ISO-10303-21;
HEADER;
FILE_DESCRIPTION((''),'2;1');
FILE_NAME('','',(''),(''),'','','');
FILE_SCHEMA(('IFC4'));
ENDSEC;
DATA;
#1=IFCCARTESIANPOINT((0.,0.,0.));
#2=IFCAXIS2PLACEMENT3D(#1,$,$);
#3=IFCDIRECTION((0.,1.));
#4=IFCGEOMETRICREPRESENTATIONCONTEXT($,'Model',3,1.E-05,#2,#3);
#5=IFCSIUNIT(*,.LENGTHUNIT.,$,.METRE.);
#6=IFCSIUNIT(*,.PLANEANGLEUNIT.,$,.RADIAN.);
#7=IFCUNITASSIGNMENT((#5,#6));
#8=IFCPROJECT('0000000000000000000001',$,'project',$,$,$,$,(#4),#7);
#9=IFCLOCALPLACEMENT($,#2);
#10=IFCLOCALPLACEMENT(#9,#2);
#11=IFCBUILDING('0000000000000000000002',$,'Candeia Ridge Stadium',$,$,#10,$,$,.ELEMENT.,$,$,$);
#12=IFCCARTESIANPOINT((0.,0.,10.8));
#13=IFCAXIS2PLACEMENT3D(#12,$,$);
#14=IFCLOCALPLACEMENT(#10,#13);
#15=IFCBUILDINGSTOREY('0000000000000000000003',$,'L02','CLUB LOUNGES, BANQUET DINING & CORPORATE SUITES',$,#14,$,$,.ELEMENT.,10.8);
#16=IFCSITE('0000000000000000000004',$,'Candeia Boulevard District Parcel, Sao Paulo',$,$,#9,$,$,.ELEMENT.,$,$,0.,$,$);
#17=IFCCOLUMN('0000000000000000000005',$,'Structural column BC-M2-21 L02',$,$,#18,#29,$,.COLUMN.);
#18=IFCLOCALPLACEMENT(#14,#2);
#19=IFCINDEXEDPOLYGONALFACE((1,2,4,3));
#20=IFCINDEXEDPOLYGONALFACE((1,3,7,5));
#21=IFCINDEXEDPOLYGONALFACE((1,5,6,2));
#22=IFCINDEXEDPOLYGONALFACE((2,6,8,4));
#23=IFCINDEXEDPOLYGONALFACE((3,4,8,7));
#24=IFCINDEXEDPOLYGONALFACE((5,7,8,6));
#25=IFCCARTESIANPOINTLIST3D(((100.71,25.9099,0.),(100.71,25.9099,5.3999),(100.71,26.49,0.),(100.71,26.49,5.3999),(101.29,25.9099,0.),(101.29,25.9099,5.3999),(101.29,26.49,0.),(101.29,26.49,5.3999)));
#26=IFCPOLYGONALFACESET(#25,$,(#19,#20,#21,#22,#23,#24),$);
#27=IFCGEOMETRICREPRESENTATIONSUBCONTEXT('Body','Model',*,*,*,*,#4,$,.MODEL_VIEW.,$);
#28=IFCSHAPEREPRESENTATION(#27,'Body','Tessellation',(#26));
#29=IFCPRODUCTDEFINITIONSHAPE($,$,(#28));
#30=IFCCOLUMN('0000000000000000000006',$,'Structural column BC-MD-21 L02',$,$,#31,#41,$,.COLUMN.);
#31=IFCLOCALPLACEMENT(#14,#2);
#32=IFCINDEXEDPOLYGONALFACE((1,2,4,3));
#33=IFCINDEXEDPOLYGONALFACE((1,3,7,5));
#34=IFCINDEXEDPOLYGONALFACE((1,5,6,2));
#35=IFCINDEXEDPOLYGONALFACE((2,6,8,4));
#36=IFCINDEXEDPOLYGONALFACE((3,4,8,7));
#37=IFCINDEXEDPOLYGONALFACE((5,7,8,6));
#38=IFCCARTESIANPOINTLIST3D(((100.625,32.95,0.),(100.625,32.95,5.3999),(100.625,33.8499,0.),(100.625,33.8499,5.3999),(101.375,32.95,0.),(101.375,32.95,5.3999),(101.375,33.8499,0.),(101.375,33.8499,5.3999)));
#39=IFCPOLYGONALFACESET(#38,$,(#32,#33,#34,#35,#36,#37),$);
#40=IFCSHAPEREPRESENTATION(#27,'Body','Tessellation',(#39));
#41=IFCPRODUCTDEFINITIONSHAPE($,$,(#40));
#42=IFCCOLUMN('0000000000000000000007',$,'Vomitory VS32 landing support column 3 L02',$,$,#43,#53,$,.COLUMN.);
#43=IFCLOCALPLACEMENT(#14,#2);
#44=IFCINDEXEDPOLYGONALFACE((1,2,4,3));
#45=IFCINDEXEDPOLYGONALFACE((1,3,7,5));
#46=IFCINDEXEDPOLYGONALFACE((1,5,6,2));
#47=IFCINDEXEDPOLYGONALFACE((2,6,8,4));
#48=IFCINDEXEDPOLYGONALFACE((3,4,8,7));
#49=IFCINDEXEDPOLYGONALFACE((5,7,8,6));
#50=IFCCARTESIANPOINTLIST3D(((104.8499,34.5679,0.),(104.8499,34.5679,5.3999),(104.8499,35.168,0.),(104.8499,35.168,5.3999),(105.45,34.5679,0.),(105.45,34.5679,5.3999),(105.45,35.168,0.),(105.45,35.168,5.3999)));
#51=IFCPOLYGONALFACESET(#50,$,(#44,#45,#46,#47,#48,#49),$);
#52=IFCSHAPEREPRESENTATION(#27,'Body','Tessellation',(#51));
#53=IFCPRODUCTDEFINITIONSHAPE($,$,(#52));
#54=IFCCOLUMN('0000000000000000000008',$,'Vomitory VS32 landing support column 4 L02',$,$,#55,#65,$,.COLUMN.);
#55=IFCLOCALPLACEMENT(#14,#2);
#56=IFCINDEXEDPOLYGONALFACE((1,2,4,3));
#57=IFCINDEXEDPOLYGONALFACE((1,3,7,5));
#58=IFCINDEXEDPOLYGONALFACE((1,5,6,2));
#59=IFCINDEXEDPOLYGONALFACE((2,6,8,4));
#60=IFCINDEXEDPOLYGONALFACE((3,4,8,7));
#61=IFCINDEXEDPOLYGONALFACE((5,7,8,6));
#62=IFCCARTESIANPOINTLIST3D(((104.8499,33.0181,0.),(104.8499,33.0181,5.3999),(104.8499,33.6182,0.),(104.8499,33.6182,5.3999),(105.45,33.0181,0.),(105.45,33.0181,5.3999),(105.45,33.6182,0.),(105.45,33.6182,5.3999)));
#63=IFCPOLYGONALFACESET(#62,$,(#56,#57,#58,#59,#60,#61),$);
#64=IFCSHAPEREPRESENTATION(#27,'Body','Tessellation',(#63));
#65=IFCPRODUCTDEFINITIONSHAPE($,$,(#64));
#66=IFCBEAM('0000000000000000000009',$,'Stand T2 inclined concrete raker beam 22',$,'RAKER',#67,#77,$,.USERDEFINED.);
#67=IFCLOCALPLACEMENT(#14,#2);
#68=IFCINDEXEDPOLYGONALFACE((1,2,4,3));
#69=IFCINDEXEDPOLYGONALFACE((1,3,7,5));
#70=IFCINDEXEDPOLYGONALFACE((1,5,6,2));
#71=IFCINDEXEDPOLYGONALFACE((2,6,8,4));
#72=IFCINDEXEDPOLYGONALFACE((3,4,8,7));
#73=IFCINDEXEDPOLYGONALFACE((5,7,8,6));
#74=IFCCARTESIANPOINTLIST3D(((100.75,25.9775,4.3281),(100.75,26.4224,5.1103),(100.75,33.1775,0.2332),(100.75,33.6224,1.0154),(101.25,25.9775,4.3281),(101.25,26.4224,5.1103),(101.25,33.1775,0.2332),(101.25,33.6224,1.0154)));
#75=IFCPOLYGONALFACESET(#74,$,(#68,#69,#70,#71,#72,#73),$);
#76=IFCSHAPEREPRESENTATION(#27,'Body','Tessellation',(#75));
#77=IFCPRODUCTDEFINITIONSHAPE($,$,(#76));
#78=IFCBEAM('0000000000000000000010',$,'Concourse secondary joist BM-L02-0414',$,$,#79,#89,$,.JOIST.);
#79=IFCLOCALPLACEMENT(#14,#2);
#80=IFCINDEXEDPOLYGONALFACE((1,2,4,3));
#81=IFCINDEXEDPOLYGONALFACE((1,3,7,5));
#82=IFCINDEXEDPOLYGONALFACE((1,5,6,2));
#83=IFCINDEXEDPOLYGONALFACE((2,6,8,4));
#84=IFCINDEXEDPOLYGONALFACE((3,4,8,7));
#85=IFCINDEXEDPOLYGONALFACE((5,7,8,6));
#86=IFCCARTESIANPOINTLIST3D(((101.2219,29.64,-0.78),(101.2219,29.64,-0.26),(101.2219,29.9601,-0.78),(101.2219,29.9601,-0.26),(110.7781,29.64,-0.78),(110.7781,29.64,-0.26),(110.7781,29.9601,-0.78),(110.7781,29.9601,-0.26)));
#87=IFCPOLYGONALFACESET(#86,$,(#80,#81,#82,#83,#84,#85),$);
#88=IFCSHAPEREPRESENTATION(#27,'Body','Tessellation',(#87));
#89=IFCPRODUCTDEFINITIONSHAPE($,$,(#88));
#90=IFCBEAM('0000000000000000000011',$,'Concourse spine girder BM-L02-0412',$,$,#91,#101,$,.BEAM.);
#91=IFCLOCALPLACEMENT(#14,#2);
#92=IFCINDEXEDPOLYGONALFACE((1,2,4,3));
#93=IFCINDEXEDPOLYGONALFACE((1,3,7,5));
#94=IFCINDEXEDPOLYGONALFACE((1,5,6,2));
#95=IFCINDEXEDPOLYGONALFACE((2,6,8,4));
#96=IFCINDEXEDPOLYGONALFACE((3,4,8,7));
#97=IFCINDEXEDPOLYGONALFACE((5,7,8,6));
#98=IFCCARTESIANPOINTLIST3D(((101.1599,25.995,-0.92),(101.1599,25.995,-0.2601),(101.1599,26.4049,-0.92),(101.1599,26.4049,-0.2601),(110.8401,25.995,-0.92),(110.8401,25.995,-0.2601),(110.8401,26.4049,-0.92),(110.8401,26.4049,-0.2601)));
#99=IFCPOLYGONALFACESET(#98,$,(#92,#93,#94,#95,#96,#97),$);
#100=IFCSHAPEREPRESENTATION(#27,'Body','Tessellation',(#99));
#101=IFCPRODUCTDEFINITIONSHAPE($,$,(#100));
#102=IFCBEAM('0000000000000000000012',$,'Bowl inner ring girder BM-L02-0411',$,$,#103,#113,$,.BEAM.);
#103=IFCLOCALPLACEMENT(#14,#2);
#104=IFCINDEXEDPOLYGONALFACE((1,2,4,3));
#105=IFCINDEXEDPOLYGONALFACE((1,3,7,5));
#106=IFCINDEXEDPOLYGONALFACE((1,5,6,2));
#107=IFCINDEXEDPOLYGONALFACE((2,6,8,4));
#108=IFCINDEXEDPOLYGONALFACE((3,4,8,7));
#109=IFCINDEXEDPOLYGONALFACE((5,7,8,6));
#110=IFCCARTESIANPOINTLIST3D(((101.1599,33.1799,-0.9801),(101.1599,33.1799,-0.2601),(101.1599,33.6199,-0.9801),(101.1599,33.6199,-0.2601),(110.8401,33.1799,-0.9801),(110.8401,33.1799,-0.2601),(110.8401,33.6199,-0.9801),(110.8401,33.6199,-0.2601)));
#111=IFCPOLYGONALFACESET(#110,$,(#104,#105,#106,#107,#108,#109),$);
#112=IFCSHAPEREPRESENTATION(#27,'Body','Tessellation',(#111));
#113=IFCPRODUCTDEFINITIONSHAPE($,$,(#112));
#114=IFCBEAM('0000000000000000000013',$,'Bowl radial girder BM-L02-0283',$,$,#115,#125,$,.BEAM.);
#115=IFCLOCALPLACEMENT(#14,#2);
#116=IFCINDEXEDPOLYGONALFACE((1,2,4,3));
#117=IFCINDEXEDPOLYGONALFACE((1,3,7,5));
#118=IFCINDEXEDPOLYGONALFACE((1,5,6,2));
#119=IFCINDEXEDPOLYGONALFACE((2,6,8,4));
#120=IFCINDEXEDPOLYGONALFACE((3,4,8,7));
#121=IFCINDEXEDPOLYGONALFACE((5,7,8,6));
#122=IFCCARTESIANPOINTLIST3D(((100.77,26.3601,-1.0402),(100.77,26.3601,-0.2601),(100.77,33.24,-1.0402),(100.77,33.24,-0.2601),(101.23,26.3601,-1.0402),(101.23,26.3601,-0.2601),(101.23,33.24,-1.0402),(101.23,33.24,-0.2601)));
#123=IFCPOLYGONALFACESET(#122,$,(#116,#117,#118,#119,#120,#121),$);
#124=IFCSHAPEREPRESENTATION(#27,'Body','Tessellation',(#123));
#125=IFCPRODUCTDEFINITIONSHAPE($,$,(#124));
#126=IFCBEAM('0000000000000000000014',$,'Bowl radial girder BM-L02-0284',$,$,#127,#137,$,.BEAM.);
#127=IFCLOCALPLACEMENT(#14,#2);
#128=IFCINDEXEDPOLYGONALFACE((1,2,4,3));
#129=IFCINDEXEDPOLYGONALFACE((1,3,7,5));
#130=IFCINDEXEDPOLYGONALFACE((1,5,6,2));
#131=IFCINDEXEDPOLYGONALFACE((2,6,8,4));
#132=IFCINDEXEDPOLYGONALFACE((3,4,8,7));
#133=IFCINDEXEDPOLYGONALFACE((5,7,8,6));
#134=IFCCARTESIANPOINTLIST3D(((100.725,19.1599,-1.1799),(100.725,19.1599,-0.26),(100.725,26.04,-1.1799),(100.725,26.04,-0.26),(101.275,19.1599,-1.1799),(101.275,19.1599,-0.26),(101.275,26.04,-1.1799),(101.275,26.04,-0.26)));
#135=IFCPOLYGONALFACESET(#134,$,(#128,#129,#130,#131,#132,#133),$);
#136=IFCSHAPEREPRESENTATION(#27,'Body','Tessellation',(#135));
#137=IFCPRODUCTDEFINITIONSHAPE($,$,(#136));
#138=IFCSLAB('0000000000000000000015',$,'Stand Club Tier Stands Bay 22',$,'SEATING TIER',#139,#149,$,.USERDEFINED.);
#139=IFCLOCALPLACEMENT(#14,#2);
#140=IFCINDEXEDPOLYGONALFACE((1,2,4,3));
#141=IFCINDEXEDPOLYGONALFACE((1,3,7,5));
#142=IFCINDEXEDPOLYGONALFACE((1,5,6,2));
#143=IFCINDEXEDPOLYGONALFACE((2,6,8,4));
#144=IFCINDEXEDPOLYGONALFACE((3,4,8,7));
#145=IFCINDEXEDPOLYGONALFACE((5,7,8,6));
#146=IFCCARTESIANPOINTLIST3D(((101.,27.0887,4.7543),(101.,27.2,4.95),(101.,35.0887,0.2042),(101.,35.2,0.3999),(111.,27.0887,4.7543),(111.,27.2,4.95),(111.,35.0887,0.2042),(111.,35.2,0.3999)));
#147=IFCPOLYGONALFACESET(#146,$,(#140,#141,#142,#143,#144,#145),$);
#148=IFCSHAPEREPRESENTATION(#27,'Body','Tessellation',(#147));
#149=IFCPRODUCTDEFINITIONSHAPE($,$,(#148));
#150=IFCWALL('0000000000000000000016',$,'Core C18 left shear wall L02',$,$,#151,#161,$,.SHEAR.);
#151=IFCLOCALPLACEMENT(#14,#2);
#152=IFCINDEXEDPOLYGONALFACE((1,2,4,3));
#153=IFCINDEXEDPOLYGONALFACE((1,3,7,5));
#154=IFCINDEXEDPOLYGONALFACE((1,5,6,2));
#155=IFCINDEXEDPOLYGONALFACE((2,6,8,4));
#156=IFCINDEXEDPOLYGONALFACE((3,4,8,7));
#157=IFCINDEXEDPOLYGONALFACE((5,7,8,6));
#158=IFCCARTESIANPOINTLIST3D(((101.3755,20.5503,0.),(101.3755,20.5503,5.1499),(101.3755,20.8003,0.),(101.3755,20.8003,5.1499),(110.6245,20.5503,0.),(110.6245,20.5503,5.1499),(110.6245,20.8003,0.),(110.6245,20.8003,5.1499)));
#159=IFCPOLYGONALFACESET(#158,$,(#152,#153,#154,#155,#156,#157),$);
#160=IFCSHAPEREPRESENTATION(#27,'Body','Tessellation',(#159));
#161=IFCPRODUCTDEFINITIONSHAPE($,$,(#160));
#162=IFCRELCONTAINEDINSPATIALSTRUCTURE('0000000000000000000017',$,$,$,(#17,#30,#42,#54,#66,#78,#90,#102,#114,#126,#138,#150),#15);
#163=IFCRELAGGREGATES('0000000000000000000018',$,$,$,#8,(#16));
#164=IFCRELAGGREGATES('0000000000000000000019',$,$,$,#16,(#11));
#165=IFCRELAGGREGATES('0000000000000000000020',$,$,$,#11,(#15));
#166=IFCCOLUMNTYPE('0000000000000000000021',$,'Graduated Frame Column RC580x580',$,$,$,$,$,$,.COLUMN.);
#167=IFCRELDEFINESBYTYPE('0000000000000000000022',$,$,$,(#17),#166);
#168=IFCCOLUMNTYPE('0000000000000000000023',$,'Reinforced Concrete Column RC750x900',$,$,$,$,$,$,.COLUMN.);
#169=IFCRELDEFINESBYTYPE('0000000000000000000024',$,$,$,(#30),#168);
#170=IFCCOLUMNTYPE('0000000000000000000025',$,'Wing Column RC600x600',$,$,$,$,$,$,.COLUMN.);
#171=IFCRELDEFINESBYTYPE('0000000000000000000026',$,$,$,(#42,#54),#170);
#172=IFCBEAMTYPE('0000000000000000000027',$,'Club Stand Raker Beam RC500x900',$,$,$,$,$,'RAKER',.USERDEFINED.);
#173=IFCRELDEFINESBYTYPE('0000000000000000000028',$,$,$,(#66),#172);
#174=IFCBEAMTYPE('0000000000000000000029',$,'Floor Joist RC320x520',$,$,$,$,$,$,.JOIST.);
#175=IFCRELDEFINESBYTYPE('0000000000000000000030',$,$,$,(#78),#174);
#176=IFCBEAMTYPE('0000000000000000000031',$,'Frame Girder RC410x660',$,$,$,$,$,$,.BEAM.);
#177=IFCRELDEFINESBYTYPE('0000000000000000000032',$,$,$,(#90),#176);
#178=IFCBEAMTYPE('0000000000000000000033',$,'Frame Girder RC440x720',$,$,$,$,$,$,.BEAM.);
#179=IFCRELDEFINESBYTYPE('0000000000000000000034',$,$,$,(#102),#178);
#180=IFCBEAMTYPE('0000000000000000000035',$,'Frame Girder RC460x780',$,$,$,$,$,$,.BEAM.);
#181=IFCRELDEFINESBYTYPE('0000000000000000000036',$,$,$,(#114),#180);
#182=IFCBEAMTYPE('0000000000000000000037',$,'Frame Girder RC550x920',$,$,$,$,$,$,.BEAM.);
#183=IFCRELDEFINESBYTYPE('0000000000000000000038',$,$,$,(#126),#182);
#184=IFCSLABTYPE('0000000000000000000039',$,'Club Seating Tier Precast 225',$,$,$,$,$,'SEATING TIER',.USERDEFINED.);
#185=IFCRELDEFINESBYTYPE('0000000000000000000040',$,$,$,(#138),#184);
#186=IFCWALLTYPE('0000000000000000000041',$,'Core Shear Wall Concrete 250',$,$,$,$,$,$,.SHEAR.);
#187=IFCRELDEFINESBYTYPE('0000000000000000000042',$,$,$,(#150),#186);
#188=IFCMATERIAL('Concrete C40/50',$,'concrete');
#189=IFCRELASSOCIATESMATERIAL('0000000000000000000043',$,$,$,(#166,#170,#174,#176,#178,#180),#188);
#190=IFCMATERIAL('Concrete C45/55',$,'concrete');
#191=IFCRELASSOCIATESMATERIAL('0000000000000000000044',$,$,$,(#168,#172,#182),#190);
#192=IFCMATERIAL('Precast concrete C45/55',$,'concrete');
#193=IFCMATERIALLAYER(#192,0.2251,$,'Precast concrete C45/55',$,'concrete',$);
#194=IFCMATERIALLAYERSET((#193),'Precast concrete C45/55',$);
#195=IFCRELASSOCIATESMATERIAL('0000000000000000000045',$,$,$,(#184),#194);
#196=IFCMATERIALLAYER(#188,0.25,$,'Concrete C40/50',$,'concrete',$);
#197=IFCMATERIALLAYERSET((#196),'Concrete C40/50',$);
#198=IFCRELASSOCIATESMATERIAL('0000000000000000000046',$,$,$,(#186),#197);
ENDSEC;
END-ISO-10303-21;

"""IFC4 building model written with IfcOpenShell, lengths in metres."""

from ifc_helpers import new_model, si_unit, direction, frame, frame_2d, origin, origin_2d, place, context, subcontext, project, spatial, polyline, rectangle, outline, extrude, material, layer, layer_set, material_profile, profile_set, type_object, element, save


model = new_model("IFC4")

# Units and contexts
model_context = context("Model", 3, precision=1e-05, world=origin(), true_north=direction((0.0, 1.0)))
body_context = subcontext(model_context, "Body", "Model", "MODEL_VIEW")
ifc_project = project(units=[si_unit("LENGTHUNIT", "METRE"), si_unit("PLANEANGLEUNIT", "RADIAN")], contexts=[model_context])

# Site, building, storey
site_placement = place(None, origin())
site = spatial("IfcSite", under=ifc_project, at=site_placement, Name="Candeia Boulevard District Parcel, Sao Paulo", CompositionType="ELEMENT", RefElevation=0.0)
building_placement = place(site_placement, origin())
building = spatial("IfcBuilding", under=site, at=building_placement, Name="Candeia Ridge Stadium", CompositionType="ELEMENT")
storey_placement = place(building_placement, frame((0.0, 0.0, 10.8)))
storey = spatial("IfcBuildingStorey", under=building, at=storey_placement, Name="L02", Description="CLUB LOUNGES, BANQUET DINING & CORPORATE SUITES", CompositionType="ELEMENT", Elevation=10.8)

# Columns
ifc_material_1 = material(Name="Concrete C40/50", Category="concrete")
ifc_material_profile_1 = material_profile(ifc_material_1, rectangle(XDim=0.5801, YDim=0.5801, at=origin_2d()), Name="RC580x580", Category="concrete")
ifc_profile_set_1 = profile_set([ifc_material_profile_1], Name="Concrete C40/50")
column_type_1 = type_object("IfcColumnType", Name="Graduated Frame Column RC580x580", PredefinedType="COLUMN", material=ifc_profile_set_1)
column_1_placement = place(storey_placement, frame((101.0, 26.2, 0.0), z_axis=(0.0, 0.0, 1.0), x_axis=(1.0, 0.0, 0.0)))
element("IfcColumn", 1, at=column_1_placement, inside=storey, type_object=column_type_1, Name="Structural column BC-M2-21 L02", PredefinedType="COLUMN", context=body_context, shape_type="SweptSolid", body=[
    extrude(rectangle(XDim=0.5801, YDim=0.5801, at=origin_2d()), origin(), (0.0, 0.0, 1.0), 5.3999),
])
ifc_material_2 = material(Name="Concrete C45/55", Category="concrete")
ifc_material_profile_2 = material_profile(ifc_material_2, rectangle(XDim=0.75, YDim=0.8999, at=origin_2d()), Name="RC750x900", Category="concrete")
ifc_profile_set_2 = profile_set([ifc_material_profile_2], Name="Concrete C45/55")
column_type_2 = type_object("IfcColumnType", Name="Reinforced Concrete Column RC750x900", PredefinedType="COLUMN", material=ifc_profile_set_2)
column_2_placement = place(storey_placement, frame((101.0, 33.3999, 0.0), z_axis=(0.0, 0.0, 1.0), x_axis=(1.0, 0.0, 0.0)))
element("IfcColumn", 2, at=column_2_placement, inside=storey, type_object=column_type_2, Name="Structural column BC-MD-21 L02", PredefinedType="COLUMN", context=body_context, shape_type="SweptSolid", body=[
    extrude(rectangle(XDim=0.75, YDim=0.8999, at=origin_2d()), origin(), (0.0, 0.0, 1.0), 5.3999),
])
ifc_material_profile_3 = material_profile(ifc_material_1, rectangle(XDim=0.6001, YDim=0.6001, at=origin_2d()), Name="RC600x600", Category="concrete")
ifc_profile_set_3 = profile_set([ifc_material_profile_3], Name="Concrete C40/50")
column_type_3 = type_object("IfcColumnType", Name="Wing Column RC600x600", PredefinedType="COLUMN", material=ifc_profile_set_3)
for number, where, z_axis, x_axis, name in (
    (3, (105.1499, 34.8679, 0.0), (0.0, 0.0, 1.0), (1.0, 0.0, 0.0), "Vomitory VS32 landing support column 3 L02"),
    (4, (105.1499, 33.3181, 0.0), (0.0, 0.0, 1.0), (1.0, 0.0, 0.0), "Vomitory VS32 landing support column 4 L02"),
):
    element("IfcColumn", number, at=place(storey_placement, frame(where, z_axis=z_axis, x_axis=x_axis)), inside=storey, type_object=column_type_3, Name=name, PredefinedType="COLUMN", context=body_context, shape_type="SweptSolid", body=[
        extrude(rectangle(XDim=0.6001, YDim=0.6001, at=origin_2d()), origin(), (0.0, 0.0, 1.0), 5.3999),
    ])

# Beams
ifc_material_profile_4 = material_profile(ifc_material_2, rectangle(XDim=0.5, YDim=0.8999, at=origin_2d()), Name="RC500x900", Category="concrete")
ifc_profile_set_4 = profile_set([ifc_material_profile_4], Name="Concrete C45/55")
beam_type_1 = type_object("IfcBeamType", Name="Club Stand Raker Beam RC500x900", ElementType="RAKER", PredefinedType="USERDEFINED", material=ifc_profile_set_4)
beam_1_placement = place(storey_placement, frame((101.0, 33.3999, 0.6243), z_axis=(0.0, -0.869244, 0.494383), x_axis=(1.0, 0.0, 0.0)))
element("IfcBeam", 5, at=beam_1_placement, inside=storey, type_object=beam_type_1, Name="Stand T2 inclined concrete raker beam 22", ObjectType="RAKER", PredefinedType="USERDEFINED", context=body_context, shape_type="SweptSolid", body=[
    extrude(rectangle(XDim=0.5, YDim=0.8999, at=origin_2d()), origin(), (0.0, 0.0, 1.0), 8.283),
])
ifc_material_profile_5 = material_profile(ifc_material_1, rectangle(XDim=0.3201, YDim=0.52, at=origin_2d()), Name="RC320x520", Category="concrete")
ifc_profile_set_5 = profile_set([ifc_material_profile_5], Name="Concrete C40/50")
beam_type_2 = type_object("IfcBeamType", Name="Floor Joist RC320x520", PredefinedType="JOIST", material=ifc_profile_set_5)
beam_2_placement = place(storey_placement, frame((101.2219, 29.8, -0.52), z_axis=(1.0, 0.0, 0.0), x_axis=(0.0, 1.0, 0.0)))
element("IfcBeam", 6, at=beam_2_placement, inside=storey, type_object=beam_type_2, Name="Concourse secondary joist BM-L02-0414", PredefinedType="JOIST", context=body_context, shape_type="SweptSolid", body=[
    extrude(rectangle(XDim=0.3201, YDim=0.52, at=origin_2d()), origin(), (0.0, 0.0, 1.0), 9.5562),
])
ifc_material_profile_6 = material_profile(ifc_material_1, rectangle(XDim=0.4099, YDim=0.6599, at=origin_2d()), Name="RC410x660", Category="concrete")
ifc_profile_set_6 = profile_set([ifc_material_profile_6], Name="Concrete C40/50")
beam_type_3 = type_object("IfcBeamType", Name="Frame Girder RC410x660", PredefinedType="BEAM", material=ifc_profile_set_6)
beam_3_placement = place(storey_placement, frame((101.1599, 26.2, -0.5901), z_axis=(1.0, 0.0, 0.0), x_axis=(0.0, 1.0, 0.0)))
element("IfcBeam", 7, at=beam_3_placement, inside=storey, type_object=beam_type_3, Name="Concourse spine girder BM-L02-0412", PredefinedType="BEAM", context=body_context, shape_type="SweptSolid", body=[
    extrude(rectangle(XDim=0.4099, YDim=0.6599, at=origin_2d()), origin(), (0.0, 0.0, 1.0), 9.6802),
])
ifc_material_profile_7 = material_profile(ifc_material_1, rectangle(XDim=0.4399, YDim=0.72, at=origin_2d()), Name="RC440x720", Category="concrete")
ifc_profile_set_7 = profile_set([ifc_material_profile_7], Name="Concrete C40/50")
beam_type_4 = type_object("IfcBeamType", Name="Frame Girder RC440x720", PredefinedType="BEAM", material=ifc_profile_set_7)
beam_4_placement = place(storey_placement, frame((101.1599, 33.3999, -0.6201), z_axis=(1.0, 0.0, 0.0), x_axis=(0.0, 1.0, 0.0)))
element("IfcBeam", 8, at=beam_4_placement, inside=storey, type_object=beam_type_4, Name="Bowl inner ring girder BM-L02-0411", PredefinedType="BEAM", context=body_context, shape_type="SweptSolid", body=[
    extrude(rectangle(XDim=0.4399, YDim=0.72, at=origin_2d()), origin(), (0.0, 0.0, 1.0), 9.6802),
])
ifc_material_profile_8 = material_profile(ifc_material_1, rectangle(XDim=0.46, YDim=0.78, at=origin_2d()), Name="RC460x780", Category="concrete")
ifc_profile_set_8 = profile_set([ifc_material_profile_8], Name="Concrete C40/50")
beam_type_5 = type_object("IfcBeamType", Name="Frame Girder RC460x780", PredefinedType="BEAM", material=ifc_profile_set_8)
beam_5_placement = place(storey_placement, frame((101.0, 33.24, -0.6501), z_axis=(0.0, -1.0, 0.0), x_axis=(1.0, 0.0, 0.0)))
element("IfcBeam", 9, at=beam_5_placement, inside=storey, type_object=beam_type_5, Name="Bowl radial girder BM-L02-0283", PredefinedType="BEAM", context=body_context, shape_type="SweptSolid", body=[
    extrude(rectangle(XDim=0.46, YDim=0.78, at=origin_2d()), origin(), (0.0, 0.0, 1.0), 6.8799),
])
ifc_material_profile_9 = material_profile(ifc_material_2, rectangle(XDim=0.55, YDim=0.9199, at=origin_2d()), Name="RC550x920", Category="concrete")
ifc_profile_set_9 = profile_set([ifc_material_profile_9], Name="Concrete C45/55")
beam_type_6 = type_object("IfcBeamType", Name="Frame Girder RC550x920", PredefinedType="BEAM", material=ifc_profile_set_9)
beam_6_placement = place(storey_placement, frame((101.0, 26.04, -0.72), z_axis=(0.0, -1.0, 0.0), x_axis=(1.0, 0.0, 0.0)))
element("IfcBeam", 10, at=beam_6_placement, inside=storey, type_object=beam_type_6, Name="Bowl radial girder BM-L02-0284", PredefinedType="BEAM", context=body_context, shape_type="SweptSolid", body=[
    extrude(rectangle(XDim=0.55, YDim=0.9199, at=origin_2d()), origin(), (0.0, 0.0, 1.0), 6.8801),
])

# Slab
ifc_material_3 = material(Name="Precast concrete C45/55", Category="concrete")
ifc_layer_1 = layer(ifc_material_3, 0.2251, Name="Precast concrete C45/55", Category="concrete")
ifc_layer_set_1 = layer_set([ifc_layer_1], Name="Precast concrete C45/55")
slab_type = type_object("IfcSlabType", Name="Club Seating Tier Precast 225", ElementType="SEATING TIER", PredefinedType="USERDEFINED", material=ifc_layer_set_1)
slab_placement = place(storey_placement, frame((101.0, 35.2, 0.3999), z_axis=(0.0, 0.494387, 0.869242), x_axis=(1.0, 0.0, 0.0)))
element("IfcSlab", 11, at=slab_placement, inside=storey, type_object=slab_type, Name="Stand Club Tier Stands Bay 22", ObjectType="SEATING TIER", PredefinedType="USERDEFINED", context=body_context, shape_type="SweptSolid", body=[
    extrude(outline(polyline([(0.0, 0.0), (10.0, 0.0), (10.0, -9.2034), (0.0, -9.2034), (0.0, 0.0)])), origin(), (0.0, 0.0, -1.0), 0.2251),
])

# Wall
ifc_layer_2 = layer(ifc_material_1, 0.25, Name="Concrete C40/50", Category="concrete")
ifc_layer_set_2 = layer_set([ifc_layer_2], Name="Concrete C40/50")
wall_type_1 = type_object("IfcWallType", Name="Core Shear Wall Concrete 250", PredefinedType="SHEAR", material=ifc_layer_set_2)
wall_1_placement = place(storey_placement, frame((101.3755, 20.6753, 0.0), z_axis=(0.0, 0.0, 1.0), x_axis=(1.0, 0.0, 0.0)))
element("IfcWall", 12, at=wall_1_placement, inside=storey, type_object=wall_type_1, Name="Core C18 left shear wall L02", PredefinedType="SHEAR", context=body_context, shape_type="SweptSolid", body=[
    extrude(rectangle(XDim=9.249, YDim=0.25, at=frame_2d((4.6245, 0.0))), origin(), (0.0, 0.0, 1.0), 5.1499),
])

save(model, "model.ifc")
